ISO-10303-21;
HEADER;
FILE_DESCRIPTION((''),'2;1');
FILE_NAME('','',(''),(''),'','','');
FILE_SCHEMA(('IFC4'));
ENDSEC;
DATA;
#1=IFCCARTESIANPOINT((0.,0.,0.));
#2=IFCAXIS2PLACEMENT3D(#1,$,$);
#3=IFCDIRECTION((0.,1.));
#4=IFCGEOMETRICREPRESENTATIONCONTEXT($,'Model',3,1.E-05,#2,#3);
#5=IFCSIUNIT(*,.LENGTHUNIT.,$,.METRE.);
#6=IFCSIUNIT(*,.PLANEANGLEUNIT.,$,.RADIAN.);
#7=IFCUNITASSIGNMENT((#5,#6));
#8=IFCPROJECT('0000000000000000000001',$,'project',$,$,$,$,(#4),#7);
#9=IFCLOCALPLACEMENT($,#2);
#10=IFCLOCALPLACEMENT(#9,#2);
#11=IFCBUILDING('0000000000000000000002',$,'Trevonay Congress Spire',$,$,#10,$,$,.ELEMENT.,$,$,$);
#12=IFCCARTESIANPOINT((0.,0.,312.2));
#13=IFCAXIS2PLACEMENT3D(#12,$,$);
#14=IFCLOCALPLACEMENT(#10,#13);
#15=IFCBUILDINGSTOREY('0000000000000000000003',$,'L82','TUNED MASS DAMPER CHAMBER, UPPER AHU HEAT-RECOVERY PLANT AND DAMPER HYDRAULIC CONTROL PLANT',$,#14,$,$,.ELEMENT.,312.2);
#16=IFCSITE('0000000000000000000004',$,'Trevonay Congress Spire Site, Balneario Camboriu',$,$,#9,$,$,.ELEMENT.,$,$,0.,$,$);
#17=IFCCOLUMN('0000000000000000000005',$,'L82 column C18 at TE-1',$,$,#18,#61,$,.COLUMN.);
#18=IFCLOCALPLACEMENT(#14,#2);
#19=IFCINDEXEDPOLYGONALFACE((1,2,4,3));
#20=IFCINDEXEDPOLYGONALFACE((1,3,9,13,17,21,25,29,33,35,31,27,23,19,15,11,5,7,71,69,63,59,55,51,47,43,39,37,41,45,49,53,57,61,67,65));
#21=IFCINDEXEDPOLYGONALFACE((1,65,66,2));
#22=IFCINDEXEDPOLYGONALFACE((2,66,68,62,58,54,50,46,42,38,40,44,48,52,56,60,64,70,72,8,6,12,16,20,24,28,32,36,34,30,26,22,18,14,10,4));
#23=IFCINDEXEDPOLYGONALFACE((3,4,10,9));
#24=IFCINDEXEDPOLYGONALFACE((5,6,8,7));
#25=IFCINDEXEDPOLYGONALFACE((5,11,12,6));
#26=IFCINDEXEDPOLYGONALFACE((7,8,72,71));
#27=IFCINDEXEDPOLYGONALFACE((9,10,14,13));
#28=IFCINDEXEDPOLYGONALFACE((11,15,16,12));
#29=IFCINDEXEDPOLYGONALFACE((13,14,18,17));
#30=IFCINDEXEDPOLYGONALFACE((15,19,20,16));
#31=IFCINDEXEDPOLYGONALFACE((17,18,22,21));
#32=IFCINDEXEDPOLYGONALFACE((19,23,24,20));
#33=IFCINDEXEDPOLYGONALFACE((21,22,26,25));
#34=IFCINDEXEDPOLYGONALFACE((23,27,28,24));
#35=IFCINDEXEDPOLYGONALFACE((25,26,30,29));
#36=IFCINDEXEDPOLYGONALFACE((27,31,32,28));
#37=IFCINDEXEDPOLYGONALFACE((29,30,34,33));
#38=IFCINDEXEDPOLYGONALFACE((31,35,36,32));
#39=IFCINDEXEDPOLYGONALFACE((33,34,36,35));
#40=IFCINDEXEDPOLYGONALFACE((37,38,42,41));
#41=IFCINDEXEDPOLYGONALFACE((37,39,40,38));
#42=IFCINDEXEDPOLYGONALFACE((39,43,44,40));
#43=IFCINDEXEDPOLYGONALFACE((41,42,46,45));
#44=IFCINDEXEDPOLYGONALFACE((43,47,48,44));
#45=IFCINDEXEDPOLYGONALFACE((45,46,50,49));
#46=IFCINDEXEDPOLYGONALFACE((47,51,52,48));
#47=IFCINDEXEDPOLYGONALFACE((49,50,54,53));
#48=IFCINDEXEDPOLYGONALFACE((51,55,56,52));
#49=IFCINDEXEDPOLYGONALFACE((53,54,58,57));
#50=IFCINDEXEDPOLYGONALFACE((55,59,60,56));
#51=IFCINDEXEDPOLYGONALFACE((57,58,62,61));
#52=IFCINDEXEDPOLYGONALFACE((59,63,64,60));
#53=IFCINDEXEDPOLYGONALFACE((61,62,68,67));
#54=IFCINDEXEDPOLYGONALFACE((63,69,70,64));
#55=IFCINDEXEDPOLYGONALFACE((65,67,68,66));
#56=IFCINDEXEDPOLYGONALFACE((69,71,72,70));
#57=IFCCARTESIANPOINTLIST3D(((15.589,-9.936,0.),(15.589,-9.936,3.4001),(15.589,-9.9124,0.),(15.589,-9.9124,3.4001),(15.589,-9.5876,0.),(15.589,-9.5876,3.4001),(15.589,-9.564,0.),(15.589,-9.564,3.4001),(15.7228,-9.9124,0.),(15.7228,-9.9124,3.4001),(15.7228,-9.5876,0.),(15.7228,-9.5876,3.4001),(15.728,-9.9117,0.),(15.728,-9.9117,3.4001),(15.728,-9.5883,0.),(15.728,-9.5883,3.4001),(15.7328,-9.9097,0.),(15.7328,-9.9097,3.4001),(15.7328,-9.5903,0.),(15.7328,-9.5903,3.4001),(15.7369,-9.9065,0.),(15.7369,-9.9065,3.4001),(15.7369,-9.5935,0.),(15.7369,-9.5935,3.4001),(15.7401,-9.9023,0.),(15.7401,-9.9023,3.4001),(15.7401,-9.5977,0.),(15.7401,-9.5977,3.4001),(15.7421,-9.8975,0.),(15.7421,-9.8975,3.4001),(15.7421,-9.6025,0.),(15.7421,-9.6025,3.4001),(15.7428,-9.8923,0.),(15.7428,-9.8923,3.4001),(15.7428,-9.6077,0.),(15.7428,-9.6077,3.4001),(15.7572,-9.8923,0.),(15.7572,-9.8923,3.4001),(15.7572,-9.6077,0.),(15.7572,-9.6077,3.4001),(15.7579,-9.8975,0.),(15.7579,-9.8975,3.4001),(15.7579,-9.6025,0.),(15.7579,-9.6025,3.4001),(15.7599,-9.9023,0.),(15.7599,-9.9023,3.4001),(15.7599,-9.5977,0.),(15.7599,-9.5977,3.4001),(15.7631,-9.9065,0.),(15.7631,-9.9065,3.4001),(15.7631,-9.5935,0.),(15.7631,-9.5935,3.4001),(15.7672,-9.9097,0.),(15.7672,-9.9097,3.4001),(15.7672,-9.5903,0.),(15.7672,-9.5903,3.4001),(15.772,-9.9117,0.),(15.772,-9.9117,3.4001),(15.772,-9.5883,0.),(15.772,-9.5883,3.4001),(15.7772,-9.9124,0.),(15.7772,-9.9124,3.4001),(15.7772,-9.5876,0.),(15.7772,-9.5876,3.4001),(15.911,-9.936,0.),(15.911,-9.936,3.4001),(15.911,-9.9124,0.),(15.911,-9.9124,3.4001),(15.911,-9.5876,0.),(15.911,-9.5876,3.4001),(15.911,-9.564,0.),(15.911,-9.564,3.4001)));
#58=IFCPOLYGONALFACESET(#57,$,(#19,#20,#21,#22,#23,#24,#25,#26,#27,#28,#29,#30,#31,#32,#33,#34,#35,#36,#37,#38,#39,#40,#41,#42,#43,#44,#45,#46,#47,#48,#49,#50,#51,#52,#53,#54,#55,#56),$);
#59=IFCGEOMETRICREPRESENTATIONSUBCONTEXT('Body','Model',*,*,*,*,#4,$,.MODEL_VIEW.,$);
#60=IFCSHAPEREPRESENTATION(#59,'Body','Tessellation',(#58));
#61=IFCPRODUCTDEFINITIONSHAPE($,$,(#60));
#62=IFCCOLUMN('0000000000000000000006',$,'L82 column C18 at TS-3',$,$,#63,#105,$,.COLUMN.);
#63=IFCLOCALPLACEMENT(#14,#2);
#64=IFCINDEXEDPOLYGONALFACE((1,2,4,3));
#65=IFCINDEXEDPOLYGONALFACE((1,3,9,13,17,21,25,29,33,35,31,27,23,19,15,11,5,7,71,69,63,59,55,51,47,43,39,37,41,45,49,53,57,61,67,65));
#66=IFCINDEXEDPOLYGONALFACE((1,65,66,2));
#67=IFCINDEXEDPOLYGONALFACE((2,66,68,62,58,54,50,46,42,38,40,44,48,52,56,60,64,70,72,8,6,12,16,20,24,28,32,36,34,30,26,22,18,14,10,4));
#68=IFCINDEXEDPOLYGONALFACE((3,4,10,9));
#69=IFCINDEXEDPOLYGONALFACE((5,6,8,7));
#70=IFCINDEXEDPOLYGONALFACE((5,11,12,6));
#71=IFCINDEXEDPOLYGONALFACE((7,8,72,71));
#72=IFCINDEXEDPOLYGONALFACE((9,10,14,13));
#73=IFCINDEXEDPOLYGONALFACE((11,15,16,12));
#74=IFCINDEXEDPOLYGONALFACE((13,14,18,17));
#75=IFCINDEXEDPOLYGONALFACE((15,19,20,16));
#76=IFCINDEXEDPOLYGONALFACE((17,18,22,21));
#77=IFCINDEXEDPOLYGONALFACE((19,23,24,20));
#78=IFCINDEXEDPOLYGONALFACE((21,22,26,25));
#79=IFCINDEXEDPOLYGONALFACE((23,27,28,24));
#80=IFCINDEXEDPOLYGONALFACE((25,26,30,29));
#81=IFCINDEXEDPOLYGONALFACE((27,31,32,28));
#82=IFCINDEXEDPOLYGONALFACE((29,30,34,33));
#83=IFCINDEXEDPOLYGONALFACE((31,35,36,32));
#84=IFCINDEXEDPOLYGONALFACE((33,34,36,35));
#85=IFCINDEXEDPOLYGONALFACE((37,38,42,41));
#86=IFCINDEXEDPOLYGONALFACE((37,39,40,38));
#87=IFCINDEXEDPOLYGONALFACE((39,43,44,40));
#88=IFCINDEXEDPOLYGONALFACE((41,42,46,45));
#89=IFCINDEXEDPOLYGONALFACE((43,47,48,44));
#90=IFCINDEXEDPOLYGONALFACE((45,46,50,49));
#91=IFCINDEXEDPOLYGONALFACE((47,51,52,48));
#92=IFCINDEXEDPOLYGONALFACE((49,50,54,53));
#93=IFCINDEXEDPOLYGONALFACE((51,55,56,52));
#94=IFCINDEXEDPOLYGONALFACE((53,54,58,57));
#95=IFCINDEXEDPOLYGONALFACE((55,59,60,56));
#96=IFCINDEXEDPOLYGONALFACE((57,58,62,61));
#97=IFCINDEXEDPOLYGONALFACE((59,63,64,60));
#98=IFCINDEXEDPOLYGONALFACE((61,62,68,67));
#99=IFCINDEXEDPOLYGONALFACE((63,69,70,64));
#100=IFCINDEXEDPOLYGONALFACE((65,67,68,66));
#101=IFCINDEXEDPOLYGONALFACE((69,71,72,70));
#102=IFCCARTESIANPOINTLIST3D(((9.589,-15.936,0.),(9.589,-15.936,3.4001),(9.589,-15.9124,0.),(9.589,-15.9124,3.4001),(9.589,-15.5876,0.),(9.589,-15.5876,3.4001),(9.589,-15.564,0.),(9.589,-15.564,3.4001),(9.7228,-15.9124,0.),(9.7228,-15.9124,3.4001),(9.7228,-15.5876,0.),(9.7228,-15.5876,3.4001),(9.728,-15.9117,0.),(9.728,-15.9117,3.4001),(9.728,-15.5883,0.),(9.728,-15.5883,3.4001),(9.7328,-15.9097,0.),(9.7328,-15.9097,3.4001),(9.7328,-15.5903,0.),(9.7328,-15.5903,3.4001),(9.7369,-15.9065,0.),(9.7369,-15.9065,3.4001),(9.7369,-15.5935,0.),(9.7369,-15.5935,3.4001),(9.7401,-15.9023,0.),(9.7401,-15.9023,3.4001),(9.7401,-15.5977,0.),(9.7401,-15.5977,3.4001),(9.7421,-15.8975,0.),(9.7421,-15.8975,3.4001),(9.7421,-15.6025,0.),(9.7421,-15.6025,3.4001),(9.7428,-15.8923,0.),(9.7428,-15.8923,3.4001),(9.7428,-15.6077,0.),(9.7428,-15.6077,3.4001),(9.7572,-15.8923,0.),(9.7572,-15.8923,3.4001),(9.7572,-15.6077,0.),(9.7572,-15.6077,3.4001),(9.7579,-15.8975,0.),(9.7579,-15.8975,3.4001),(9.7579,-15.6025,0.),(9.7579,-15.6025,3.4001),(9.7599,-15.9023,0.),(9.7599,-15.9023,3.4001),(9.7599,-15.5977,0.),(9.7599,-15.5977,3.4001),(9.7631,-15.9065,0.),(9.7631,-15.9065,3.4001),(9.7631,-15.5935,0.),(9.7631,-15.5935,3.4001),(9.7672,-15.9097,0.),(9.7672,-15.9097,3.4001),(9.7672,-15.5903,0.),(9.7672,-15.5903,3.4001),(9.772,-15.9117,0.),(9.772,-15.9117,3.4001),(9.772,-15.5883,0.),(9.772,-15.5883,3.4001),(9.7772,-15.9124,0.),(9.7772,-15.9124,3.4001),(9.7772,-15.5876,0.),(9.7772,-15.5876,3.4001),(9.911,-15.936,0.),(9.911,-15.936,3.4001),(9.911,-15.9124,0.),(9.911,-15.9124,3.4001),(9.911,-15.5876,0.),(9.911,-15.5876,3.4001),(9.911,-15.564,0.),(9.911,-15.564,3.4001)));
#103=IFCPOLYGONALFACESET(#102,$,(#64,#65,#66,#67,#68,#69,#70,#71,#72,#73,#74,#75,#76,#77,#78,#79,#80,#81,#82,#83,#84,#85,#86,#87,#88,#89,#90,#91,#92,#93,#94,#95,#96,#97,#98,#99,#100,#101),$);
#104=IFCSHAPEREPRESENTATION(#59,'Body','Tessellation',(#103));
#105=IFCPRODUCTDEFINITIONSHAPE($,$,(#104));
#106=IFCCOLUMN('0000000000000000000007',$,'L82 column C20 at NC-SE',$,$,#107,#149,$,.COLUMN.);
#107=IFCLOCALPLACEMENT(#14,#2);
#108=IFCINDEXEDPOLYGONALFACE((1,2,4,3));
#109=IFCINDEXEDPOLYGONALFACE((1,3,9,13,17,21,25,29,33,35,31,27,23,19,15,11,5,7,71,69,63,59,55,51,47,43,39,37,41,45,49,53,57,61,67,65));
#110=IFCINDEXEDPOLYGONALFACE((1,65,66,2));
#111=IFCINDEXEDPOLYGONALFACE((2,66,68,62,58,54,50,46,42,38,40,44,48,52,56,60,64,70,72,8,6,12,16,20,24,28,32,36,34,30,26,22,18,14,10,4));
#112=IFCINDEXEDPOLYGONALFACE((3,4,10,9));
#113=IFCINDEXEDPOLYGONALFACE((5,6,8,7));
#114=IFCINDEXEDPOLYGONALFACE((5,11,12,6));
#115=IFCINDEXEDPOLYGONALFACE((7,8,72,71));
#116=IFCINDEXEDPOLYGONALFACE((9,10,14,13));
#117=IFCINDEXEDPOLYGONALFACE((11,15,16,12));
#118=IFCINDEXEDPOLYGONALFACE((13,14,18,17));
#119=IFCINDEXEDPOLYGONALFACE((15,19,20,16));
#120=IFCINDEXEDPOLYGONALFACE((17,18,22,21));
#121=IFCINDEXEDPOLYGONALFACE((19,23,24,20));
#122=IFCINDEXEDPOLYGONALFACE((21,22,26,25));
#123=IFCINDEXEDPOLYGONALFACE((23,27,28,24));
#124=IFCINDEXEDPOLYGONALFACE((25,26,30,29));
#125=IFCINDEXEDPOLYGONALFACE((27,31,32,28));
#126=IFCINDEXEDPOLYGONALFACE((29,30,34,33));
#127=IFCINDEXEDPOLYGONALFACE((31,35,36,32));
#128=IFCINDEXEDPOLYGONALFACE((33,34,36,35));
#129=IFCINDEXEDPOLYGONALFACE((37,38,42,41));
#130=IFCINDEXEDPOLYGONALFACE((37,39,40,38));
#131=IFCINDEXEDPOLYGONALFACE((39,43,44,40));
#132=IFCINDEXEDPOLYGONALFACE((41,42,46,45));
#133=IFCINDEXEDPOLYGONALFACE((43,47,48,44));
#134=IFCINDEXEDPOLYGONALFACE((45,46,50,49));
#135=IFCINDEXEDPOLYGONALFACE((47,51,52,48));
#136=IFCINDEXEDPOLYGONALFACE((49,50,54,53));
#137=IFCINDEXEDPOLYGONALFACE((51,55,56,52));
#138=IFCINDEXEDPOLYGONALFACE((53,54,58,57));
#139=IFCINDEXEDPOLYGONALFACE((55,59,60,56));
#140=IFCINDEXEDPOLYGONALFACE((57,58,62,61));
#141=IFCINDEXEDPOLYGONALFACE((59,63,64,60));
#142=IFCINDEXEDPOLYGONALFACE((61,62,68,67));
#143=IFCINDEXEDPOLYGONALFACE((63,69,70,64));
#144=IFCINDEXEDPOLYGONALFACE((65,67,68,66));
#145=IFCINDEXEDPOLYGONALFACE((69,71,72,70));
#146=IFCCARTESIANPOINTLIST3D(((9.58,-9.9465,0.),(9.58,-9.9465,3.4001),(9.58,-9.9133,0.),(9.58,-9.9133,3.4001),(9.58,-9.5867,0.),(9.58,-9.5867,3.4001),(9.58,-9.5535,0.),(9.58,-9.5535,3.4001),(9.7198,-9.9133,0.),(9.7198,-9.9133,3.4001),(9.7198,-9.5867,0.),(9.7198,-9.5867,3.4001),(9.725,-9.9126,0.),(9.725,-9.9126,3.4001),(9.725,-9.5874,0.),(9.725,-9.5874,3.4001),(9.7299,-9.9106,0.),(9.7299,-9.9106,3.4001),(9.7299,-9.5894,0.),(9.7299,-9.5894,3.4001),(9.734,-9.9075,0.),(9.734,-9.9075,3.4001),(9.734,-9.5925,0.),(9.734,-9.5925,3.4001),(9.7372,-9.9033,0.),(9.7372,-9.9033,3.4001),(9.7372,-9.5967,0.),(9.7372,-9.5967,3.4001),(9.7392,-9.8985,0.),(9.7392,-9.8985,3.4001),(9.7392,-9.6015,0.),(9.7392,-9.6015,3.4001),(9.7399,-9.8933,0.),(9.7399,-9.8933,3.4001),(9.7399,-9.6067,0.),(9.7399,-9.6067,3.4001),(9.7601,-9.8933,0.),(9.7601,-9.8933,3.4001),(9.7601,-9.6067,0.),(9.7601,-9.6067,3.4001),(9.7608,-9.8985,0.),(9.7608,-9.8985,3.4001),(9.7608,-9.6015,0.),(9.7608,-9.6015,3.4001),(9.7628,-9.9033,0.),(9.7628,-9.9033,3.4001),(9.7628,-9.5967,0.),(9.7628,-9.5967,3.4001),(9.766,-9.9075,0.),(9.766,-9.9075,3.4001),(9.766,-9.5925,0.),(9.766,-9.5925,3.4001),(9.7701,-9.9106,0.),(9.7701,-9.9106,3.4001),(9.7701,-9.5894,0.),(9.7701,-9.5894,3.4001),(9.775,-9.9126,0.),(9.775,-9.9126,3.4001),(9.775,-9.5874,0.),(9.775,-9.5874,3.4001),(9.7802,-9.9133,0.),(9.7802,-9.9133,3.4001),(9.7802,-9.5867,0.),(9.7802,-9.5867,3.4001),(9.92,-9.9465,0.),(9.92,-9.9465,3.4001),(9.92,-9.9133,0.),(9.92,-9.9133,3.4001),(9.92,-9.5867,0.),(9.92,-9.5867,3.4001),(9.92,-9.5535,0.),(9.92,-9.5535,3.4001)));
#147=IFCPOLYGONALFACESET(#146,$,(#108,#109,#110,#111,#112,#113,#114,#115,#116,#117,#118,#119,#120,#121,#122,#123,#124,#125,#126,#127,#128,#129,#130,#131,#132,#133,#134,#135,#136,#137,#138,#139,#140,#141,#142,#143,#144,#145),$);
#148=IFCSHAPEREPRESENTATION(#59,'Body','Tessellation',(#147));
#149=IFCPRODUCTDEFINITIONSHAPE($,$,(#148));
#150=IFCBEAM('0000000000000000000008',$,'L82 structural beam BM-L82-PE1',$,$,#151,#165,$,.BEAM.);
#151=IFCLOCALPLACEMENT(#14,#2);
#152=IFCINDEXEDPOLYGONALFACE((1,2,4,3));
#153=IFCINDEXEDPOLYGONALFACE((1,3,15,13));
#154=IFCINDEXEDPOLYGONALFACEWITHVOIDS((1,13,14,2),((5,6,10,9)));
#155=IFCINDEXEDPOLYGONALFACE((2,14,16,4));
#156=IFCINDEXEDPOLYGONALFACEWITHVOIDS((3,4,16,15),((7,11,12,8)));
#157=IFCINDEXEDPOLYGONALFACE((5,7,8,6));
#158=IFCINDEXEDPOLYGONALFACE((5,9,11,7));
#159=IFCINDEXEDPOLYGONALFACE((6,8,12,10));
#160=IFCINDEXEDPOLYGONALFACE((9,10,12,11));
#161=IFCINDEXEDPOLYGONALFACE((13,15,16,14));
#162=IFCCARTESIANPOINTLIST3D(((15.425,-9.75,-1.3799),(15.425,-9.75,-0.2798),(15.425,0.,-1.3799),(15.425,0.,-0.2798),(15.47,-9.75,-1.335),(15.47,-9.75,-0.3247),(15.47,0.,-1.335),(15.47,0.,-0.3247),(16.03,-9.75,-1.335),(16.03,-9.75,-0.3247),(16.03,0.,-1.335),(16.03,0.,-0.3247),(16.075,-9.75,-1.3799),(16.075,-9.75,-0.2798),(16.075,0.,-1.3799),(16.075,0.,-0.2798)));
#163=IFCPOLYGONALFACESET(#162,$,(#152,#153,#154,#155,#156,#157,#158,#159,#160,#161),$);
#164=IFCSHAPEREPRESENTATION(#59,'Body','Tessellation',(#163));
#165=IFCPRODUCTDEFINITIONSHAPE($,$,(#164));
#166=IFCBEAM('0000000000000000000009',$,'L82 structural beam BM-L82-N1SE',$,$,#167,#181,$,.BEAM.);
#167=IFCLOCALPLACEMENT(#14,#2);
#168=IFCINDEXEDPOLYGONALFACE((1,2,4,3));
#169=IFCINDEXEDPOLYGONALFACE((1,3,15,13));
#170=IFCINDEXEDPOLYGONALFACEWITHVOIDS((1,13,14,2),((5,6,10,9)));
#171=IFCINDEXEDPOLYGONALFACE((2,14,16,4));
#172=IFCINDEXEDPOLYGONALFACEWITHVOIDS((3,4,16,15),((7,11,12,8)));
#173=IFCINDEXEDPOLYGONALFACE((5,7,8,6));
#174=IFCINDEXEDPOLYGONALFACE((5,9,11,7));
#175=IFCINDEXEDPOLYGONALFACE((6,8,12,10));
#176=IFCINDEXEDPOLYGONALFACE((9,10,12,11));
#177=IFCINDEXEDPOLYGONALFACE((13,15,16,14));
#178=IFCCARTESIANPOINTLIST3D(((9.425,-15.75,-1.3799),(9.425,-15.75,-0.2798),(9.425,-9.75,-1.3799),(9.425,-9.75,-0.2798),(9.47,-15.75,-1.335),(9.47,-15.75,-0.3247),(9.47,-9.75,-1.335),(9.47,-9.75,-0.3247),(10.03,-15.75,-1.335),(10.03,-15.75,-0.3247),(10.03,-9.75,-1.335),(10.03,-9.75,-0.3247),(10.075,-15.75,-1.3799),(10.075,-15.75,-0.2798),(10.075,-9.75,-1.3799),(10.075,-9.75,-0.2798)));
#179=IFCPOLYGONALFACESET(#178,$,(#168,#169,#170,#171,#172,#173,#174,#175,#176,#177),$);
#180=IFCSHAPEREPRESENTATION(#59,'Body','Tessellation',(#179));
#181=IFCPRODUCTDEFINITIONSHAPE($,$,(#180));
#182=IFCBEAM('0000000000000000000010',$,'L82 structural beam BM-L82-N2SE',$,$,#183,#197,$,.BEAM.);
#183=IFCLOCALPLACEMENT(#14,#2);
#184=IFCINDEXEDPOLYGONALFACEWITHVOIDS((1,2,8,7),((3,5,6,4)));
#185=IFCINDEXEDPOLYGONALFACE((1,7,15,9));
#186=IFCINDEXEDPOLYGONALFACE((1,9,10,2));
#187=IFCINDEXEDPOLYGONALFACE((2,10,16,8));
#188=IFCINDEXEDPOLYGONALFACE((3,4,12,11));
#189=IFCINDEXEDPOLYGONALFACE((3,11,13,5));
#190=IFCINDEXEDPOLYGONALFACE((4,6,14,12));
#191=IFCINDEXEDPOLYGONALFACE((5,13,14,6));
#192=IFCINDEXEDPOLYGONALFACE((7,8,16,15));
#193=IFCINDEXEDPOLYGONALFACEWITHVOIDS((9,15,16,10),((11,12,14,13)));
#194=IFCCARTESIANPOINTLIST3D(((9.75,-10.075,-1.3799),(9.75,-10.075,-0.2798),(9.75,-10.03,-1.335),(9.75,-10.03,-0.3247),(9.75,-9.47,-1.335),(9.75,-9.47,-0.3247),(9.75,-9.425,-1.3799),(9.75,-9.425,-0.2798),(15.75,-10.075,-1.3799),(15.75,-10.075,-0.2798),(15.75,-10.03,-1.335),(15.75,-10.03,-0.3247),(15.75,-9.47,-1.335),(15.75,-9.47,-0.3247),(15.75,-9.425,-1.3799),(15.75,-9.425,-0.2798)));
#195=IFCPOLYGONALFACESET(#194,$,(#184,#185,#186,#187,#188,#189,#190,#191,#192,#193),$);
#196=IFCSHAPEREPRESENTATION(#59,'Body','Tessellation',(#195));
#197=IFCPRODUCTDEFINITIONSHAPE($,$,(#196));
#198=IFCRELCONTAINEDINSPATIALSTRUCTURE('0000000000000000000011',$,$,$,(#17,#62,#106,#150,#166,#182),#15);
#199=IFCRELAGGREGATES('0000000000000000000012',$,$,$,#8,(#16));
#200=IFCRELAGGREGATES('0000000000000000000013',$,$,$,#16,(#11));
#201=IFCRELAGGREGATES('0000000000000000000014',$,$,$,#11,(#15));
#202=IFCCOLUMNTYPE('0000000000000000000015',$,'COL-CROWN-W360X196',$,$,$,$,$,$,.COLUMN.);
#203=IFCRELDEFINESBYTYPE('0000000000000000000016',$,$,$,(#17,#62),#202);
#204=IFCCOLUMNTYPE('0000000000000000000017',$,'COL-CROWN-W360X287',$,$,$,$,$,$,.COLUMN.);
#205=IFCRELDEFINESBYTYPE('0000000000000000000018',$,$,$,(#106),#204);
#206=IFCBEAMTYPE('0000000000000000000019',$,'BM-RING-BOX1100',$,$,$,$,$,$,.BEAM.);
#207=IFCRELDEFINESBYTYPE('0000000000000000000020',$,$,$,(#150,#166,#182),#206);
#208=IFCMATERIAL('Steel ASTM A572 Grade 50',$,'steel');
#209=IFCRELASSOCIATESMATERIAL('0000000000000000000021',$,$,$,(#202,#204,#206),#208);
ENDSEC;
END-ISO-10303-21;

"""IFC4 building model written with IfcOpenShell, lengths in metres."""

from ifc_helpers import new_model, si_unit, direction, frame, origin, origin_2d, place, context, subcontext, project, spatial, hollow_rectangle, i_section, extrude, material, material_profile, profile_set, type_object, element, save


model = new_model("IFC4")

# Units and contexts
model_context = context("Model", 3, precision=1e-05, world=origin(), true_north=direction((0.0, 1.0)))
body_context = subcontext(model_context, "Body", "Model", "MODEL_VIEW")
ifc_project = project(units=[si_unit("LENGTHUNIT", "METRE"), si_unit("PLANEANGLEUNIT", "RADIAN")], contexts=[model_context])

# Site, building, storey
site_placement = place(None, origin())
site = spatial("IfcSite", under=ifc_project, at=site_placement, Name="Trevonay Congress Spire Site, Balneario Camboriu", CompositionType="ELEMENT", RefElevation=0.0)
building_placement = place(site_placement, origin())
building = spatial("IfcBuilding", under=site, at=building_placement, Name="Trevonay Congress Spire", CompositionType="ELEMENT")
storey_placement = place(building_placement, frame((0.0, 0.0, 312.2)))
storey = spatial("IfcBuildingStorey", under=building, at=storey_placement, Name="L82", Description="TUNED MASS DAMPER CHAMBER, UPPER AHU HEAT-RECOVERY PLANT AND DAMPER HYDRAULIC CONTROL PLANT", CompositionType="ELEMENT", Elevation=312.2)

# Columns
ifc_material_1 = material(Name="Steel ASTM A572 Grade 50", Category="steel")
ifc_material_profile_1 = material_profile(ifc_material_1, i_section(OverallWidth=0.322, OverallDepth=0.3721, WebThickness=0.0144, FlangeThickness=0.0237, FilletRadius=0.02, at=origin_2d()), Name="W360x196")
ifc_profile_set_1 = profile_set([ifc_material_profile_1], Name="Steel ASTM A572 Grade 50")
column_type_1 = type_object("IfcColumnType", Name="COL-CROWN-W360X196", PredefinedType="COLUMN", material=ifc_profile_set_1)
for number, where, z_axis, x_axis, name in (
    (1, (15.75, -9.75, 0.0), (0.0, 0.0, 1.0), (1.0, 0.0, 0.0), "L82 column C18 at TE-1"),
    (2, (9.75, -15.75, 0.0), (0.0, 0.0, 1.0), (1.0, 0.0, 0.0), "L82 column C18 at TS-3"),
):
    element("IfcColumn", number, at=place(storey_placement, frame(where, z_axis=z_axis, x_axis=x_axis)), inside=storey, type_object=column_type_1, Name=name, PredefinedType="COLUMN", context=body_context, shape_type="SweptSolid", body=[
        extrude(i_section(OverallWidth=0.322, OverallDepth=0.3721, WebThickness=0.0144, FlangeThickness=0.0237, FilletRadius=0.02, at=origin_2d()), origin(), (0.0, 0.0, 1.0), 3.4001),
    ])
ifc_material_profile_2 = material_profile(ifc_material_1, i_section(OverallWidth=0.3401, OverallDepth=0.3931, WebThickness=0.0203, FlangeThickness=0.0332, FilletRadius=0.02, at=origin_2d()), Name="W360x287")
ifc_profile_set_2 = profile_set([ifc_material_profile_2], Name="Steel ASTM A572 Grade 50")
column_type_2 = type_object("IfcColumnType", Name="COL-CROWN-W360X287", PredefinedType="COLUMN", material=ifc_profile_set_2)
column_placement = place(storey_placement, frame((9.75, -9.75, 0.0), z_axis=(0.0, 0.0, 1.0), x_axis=(1.0, 0.0, 0.0)))
element("IfcColumn", 3, at=column_placement, inside=storey, type_object=column_type_2, Name="L82 column C20 at NC-SE", PredefinedType="COLUMN", context=body_context, shape_type="SweptSolid", body=[
    extrude(i_section(OverallWidth=0.3401, OverallDepth=0.3931, WebThickness=0.0203, FlangeThickness=0.0332, FilletRadius=0.02, at=origin_2d()), origin(), (0.0, 0.0, 1.0), 3.4001),
])

# Beams
ifc_material_profile_3 = material_profile(ifc_material_1, hollow_rectangle(XDim=0.6499, YDim=1.1001, WallThickness=0.0449, at=origin_2d()), Name="BOX 1100x650x45")
ifc_profile_set_3 = profile_set([ifc_material_profile_3], Name="Steel ASTM A572 Grade 50")
beam_type_1 = type_object("IfcBeamType", Name="BM-RING-BOX1100", PredefinedType="BEAM", material=ifc_profile_set_3)
beam_1_placement = place(storey_placement, frame((15.75, -9.75, -0.8298), z_axis=(0.0, 1.0, 0.0), x_axis=(-1.0, 0.0, 0.0)))
element("IfcBeam", 4, at=beam_1_placement, inside=storey, type_object=beam_type_1, Name="L82 structural beam BM-L82-PE1", PredefinedType="BEAM", context=body_context, shape_type="SweptSolid", body=[
    extrude(hollow_rectangle(XDim=0.6499, YDim=1.1001, WallThickness=0.0449, at=origin_2d()), origin(), (0.0, 0.0, 1.0), 9.75),
])
for number, where, z_axis, x_axis, name in (
    (5, (9.75, -15.75, -0.8298), (0.0, 1.0, 0.0), (-1.0, 0.0, 0.0), "L82 structural beam BM-L82-N1SE"),
    (6, (15.75, -9.75, -0.8298), (-1.0, 0.0, 0.0), (0.0, -1.0, 0.0), "L82 structural beam BM-L82-N2SE"),
):
    element("IfcBeam", number, at=place(storey_placement, frame(where, z_axis=z_axis, x_axis=x_axis)), inside=storey, type_object=beam_type_1, Name=name, PredefinedType="BEAM", context=body_context, shape_type="SweptSolid", body=[
        extrude(hollow_rectangle(XDim=0.6499, YDim=1.1001, WallThickness=0.0449, at=origin_2d()), origin(), (0.0, 0.0, 1.0), 6.0),
    ])

save(model, "model.ifc")
